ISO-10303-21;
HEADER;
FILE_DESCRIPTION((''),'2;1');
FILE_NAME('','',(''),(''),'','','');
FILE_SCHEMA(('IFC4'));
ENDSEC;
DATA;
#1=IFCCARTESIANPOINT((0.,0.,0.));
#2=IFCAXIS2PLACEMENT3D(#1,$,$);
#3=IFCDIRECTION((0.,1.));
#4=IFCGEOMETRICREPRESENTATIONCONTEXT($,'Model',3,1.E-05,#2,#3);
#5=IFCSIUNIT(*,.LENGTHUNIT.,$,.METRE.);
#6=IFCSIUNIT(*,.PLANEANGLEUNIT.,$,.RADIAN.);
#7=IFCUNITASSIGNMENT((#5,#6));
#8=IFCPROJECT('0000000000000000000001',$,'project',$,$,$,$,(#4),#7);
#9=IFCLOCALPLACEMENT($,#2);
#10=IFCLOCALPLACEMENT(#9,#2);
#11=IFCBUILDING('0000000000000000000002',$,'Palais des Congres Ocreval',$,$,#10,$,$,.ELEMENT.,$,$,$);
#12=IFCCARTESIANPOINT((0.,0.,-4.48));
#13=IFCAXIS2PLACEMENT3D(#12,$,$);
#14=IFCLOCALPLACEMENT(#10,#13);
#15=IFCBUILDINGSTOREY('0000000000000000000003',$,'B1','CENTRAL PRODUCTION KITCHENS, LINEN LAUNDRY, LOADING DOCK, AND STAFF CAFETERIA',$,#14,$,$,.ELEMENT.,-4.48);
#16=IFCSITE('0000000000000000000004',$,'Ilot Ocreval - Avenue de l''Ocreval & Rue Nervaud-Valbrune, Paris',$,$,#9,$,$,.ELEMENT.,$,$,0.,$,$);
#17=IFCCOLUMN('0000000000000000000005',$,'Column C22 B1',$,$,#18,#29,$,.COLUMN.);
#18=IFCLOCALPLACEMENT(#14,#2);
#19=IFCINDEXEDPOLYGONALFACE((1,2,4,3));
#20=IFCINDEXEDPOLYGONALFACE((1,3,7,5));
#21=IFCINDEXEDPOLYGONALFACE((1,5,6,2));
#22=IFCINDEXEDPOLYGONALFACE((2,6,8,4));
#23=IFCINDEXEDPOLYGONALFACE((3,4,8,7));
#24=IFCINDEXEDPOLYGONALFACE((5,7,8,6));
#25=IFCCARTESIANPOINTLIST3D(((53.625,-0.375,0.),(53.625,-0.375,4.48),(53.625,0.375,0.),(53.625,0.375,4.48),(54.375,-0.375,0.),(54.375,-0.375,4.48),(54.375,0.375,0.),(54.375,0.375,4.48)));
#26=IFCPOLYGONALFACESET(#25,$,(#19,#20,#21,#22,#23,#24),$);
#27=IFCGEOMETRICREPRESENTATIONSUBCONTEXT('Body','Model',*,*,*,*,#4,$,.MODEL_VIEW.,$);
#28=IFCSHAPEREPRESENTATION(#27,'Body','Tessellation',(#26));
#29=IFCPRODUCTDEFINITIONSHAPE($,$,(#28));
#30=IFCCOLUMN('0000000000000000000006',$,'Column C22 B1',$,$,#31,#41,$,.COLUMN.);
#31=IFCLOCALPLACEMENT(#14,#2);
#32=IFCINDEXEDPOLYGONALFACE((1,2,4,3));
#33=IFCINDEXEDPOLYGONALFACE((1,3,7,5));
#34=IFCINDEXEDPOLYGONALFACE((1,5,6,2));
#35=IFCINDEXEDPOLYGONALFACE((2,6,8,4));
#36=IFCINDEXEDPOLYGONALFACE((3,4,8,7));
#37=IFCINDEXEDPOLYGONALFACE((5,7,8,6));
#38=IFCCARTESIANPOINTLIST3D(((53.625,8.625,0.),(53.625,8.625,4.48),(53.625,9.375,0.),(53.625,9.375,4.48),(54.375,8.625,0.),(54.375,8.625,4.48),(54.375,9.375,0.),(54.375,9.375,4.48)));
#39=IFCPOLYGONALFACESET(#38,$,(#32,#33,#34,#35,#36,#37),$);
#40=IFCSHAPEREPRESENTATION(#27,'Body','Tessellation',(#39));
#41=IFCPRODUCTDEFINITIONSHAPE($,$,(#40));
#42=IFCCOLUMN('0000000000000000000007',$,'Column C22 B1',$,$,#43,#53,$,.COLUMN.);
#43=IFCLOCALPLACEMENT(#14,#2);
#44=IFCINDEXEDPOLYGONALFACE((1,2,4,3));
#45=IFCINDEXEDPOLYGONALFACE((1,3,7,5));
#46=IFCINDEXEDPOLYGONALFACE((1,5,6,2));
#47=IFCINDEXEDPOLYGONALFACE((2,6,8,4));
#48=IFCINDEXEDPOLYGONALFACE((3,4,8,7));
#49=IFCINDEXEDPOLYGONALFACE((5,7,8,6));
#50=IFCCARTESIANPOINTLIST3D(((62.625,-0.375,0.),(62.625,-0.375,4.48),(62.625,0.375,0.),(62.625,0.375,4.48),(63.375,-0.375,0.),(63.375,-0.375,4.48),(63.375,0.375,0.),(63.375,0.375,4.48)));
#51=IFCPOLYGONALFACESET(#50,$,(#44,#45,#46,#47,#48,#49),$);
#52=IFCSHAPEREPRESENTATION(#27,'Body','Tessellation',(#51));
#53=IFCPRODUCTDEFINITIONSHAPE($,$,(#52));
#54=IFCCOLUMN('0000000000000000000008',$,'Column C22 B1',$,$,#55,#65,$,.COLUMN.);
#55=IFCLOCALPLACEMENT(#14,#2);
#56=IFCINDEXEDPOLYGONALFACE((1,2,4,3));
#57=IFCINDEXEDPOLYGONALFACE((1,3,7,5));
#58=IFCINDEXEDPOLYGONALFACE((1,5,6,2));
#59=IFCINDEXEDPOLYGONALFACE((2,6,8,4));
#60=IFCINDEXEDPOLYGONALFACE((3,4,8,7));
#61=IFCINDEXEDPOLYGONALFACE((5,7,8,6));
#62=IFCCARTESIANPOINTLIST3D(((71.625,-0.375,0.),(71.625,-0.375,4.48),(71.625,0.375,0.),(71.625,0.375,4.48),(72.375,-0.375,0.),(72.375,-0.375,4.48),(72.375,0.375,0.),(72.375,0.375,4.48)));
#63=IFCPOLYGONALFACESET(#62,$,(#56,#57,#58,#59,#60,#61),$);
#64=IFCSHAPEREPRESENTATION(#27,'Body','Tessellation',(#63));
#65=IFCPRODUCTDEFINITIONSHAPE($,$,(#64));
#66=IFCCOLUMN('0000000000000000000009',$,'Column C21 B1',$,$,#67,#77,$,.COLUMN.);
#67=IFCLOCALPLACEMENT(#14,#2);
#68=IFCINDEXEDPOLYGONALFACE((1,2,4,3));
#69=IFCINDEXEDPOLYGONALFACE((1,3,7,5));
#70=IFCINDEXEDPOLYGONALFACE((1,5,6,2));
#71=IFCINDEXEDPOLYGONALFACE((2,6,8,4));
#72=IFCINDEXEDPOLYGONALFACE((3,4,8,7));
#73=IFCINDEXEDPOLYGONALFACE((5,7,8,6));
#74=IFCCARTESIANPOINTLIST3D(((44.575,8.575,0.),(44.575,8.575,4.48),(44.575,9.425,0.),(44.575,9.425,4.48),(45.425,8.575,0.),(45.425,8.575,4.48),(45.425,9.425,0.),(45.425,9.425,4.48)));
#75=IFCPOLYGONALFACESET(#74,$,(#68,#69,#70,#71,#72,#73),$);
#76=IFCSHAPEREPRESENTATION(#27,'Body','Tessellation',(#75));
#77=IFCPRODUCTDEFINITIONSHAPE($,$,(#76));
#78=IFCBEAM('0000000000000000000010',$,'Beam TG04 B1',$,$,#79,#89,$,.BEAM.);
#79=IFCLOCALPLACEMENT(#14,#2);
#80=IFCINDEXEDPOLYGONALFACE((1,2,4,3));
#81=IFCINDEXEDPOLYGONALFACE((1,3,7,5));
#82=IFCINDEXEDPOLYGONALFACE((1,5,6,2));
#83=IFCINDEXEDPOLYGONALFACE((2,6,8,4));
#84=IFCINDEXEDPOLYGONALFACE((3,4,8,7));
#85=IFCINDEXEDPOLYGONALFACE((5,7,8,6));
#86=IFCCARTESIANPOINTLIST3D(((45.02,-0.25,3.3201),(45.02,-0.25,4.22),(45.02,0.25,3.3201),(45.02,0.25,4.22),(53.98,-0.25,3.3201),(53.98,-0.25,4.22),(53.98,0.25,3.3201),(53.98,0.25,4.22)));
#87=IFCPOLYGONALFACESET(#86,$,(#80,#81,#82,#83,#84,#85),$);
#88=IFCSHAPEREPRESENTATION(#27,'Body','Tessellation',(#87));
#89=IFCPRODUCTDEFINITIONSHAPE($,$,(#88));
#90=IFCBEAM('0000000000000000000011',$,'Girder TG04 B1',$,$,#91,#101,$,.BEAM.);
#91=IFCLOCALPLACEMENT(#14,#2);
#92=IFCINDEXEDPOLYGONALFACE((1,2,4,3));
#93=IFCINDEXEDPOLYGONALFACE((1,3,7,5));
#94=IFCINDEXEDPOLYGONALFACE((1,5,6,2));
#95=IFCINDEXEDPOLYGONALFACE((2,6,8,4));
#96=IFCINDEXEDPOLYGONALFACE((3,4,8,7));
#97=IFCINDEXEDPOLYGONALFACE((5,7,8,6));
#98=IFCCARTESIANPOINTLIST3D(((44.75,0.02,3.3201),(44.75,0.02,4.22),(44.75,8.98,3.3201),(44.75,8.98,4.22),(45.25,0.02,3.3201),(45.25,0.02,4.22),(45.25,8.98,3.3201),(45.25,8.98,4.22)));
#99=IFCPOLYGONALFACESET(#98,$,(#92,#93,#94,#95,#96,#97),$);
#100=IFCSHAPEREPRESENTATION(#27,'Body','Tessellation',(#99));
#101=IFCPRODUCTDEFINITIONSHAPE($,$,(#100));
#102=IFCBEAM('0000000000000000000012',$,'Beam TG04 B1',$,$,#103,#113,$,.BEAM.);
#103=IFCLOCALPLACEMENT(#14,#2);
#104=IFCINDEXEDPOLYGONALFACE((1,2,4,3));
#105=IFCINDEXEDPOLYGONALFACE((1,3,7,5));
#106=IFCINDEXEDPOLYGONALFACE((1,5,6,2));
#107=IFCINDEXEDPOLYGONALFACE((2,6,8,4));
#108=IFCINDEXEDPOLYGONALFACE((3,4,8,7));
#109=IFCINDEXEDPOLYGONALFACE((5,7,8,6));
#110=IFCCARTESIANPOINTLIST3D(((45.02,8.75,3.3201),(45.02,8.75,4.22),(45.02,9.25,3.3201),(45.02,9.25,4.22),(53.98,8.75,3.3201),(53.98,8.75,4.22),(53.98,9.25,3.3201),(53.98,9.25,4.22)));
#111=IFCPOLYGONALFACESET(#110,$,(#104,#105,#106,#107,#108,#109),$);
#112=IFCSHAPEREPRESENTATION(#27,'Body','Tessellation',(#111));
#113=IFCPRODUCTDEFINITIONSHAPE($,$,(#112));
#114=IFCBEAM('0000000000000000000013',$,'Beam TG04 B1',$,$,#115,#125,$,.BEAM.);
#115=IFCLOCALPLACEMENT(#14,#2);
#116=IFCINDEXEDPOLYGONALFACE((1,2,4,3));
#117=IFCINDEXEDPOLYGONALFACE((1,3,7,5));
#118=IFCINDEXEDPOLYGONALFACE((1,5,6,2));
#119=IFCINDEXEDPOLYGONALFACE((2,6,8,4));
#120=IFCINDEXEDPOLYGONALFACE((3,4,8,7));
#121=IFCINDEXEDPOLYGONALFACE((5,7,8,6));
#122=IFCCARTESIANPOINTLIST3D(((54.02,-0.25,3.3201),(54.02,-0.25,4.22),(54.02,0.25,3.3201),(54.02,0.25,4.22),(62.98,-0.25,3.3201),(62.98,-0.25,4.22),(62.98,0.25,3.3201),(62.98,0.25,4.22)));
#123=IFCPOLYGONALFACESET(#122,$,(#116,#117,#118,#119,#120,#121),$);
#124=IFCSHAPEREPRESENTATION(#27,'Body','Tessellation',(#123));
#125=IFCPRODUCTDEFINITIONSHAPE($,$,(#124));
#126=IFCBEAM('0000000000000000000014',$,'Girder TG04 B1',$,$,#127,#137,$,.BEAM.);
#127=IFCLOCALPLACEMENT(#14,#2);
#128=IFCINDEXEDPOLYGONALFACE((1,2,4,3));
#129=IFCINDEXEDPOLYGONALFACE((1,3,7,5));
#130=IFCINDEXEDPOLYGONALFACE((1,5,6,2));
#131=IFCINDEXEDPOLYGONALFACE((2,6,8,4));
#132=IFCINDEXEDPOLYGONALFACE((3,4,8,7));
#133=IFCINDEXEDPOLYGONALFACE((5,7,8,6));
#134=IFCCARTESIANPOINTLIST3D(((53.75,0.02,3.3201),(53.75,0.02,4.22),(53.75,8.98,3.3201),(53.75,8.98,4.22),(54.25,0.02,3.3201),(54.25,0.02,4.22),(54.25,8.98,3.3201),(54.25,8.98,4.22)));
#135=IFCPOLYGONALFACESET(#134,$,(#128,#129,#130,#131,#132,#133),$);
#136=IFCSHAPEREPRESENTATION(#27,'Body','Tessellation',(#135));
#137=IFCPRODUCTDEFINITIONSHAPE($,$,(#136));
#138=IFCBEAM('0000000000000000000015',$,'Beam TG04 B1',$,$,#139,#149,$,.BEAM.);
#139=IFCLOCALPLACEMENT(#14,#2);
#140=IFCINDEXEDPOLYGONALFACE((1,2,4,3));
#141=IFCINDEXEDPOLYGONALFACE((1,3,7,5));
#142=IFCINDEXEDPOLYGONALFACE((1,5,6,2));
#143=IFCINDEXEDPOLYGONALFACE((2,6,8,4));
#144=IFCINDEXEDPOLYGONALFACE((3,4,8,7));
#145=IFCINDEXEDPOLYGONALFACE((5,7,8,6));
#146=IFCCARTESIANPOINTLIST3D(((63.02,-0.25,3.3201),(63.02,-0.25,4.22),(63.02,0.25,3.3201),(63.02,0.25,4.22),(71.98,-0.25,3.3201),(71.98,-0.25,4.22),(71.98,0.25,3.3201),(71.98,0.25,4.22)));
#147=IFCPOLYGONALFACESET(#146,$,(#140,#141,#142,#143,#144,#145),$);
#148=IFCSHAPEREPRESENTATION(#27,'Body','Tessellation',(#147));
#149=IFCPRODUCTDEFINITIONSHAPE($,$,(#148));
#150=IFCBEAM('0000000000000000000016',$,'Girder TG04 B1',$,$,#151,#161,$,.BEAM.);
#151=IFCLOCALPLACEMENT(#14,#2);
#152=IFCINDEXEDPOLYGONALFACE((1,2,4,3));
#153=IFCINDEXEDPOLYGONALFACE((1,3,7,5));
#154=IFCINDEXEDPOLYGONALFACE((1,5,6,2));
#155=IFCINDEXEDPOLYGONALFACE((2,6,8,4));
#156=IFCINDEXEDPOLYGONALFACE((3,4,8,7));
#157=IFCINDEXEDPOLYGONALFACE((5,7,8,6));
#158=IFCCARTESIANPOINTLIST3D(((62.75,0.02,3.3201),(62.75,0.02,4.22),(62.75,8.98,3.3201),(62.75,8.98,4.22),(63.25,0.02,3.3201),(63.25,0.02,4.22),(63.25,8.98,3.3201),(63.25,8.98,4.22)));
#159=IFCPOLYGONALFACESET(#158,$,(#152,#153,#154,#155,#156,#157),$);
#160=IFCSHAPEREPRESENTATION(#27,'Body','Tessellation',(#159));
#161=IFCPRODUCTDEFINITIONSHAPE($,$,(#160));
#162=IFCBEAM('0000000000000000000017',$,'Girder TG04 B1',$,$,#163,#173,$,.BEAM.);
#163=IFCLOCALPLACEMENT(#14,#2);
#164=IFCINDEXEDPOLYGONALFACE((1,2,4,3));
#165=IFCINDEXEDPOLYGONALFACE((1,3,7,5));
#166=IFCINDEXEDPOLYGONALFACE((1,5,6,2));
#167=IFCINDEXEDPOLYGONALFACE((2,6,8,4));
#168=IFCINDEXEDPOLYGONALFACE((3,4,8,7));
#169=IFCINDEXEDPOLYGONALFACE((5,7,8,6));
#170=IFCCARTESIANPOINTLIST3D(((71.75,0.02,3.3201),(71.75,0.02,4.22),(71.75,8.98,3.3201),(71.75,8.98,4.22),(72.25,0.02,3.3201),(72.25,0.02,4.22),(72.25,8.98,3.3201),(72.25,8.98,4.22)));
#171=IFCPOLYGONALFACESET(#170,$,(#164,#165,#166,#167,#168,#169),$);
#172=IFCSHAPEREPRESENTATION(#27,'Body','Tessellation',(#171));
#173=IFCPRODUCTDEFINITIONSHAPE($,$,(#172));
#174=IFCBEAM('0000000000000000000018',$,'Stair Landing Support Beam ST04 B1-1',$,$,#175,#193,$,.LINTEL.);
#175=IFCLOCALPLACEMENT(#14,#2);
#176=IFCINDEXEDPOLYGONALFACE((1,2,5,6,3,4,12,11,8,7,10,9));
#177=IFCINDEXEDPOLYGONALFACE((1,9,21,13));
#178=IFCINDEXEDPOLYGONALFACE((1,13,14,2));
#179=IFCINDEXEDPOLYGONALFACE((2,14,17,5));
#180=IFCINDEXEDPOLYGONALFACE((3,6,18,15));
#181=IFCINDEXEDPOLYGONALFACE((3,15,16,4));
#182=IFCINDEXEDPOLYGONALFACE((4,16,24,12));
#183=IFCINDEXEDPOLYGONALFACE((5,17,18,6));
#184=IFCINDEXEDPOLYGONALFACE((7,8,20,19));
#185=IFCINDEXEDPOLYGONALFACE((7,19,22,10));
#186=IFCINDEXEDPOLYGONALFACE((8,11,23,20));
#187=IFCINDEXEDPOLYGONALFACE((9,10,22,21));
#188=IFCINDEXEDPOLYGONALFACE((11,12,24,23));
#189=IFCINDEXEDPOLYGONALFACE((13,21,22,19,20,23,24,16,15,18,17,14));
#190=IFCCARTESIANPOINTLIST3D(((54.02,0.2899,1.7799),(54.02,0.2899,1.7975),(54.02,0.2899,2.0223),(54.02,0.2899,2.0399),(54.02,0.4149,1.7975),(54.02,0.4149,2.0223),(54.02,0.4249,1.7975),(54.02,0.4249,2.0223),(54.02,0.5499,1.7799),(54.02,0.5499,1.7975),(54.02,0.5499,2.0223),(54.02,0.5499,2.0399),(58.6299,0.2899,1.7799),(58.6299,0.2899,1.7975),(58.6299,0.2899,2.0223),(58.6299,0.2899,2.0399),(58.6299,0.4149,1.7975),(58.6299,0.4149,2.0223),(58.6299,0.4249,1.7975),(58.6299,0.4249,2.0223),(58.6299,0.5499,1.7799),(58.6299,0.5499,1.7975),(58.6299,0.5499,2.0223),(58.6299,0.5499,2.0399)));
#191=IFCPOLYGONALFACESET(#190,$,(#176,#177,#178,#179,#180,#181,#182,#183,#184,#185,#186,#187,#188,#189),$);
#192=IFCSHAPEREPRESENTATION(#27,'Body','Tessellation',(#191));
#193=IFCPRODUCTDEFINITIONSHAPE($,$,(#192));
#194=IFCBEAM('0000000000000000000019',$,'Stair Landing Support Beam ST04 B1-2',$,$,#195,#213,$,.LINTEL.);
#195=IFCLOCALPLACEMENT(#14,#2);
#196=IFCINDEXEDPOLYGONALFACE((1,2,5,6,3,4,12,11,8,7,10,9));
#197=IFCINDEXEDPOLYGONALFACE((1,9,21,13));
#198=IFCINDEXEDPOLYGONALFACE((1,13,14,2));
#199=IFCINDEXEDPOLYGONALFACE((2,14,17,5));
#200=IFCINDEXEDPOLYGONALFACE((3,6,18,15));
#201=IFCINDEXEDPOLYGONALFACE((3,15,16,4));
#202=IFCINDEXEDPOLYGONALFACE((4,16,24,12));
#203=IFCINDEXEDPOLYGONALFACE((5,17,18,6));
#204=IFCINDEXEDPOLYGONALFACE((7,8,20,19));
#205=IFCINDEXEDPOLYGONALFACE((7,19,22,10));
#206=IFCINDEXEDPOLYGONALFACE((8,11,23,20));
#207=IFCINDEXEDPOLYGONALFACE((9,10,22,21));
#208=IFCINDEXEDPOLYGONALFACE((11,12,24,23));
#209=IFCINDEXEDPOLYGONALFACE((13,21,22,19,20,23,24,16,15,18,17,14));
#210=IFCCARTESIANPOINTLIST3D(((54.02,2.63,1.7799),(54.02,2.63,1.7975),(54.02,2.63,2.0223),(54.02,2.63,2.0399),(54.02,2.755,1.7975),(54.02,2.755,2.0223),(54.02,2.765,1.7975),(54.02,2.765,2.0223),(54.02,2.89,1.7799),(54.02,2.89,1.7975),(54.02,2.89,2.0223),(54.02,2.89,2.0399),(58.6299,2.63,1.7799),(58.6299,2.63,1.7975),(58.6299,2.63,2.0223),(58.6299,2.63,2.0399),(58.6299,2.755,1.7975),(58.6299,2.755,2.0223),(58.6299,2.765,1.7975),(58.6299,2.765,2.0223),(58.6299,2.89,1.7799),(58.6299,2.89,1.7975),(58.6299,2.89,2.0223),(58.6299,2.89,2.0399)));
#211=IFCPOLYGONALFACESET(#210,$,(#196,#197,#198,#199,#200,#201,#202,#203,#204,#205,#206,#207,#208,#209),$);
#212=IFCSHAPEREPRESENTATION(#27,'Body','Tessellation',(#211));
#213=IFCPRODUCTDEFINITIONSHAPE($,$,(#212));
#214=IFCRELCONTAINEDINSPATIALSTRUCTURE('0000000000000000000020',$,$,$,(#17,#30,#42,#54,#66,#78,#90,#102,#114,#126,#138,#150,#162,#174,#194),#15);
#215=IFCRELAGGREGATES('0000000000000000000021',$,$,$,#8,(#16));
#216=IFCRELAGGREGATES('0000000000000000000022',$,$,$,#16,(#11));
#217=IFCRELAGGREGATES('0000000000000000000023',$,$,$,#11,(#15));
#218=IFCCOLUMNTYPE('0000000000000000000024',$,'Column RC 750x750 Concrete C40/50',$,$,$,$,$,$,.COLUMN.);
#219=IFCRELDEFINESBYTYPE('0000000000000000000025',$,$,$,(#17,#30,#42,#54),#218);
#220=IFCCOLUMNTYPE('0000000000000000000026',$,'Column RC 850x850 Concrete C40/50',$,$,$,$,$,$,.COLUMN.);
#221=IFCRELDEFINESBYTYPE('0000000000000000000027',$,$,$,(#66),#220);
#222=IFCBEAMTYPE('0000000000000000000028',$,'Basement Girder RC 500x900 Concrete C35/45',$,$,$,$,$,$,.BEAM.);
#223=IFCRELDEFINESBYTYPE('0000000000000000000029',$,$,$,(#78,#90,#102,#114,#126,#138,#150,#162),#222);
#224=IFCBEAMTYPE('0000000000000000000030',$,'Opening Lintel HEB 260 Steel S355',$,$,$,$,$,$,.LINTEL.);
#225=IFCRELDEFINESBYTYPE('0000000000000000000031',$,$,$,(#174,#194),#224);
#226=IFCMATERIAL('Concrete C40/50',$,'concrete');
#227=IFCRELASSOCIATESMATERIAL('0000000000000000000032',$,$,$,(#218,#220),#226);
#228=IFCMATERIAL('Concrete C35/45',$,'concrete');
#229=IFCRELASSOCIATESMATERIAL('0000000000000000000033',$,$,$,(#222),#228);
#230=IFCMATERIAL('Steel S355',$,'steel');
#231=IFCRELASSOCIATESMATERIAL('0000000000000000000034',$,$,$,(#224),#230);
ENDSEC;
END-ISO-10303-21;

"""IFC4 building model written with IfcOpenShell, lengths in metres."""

from ifc_helpers import new_model, si_unit, direction, frame, origin, origin_2d, place, context, subcontext, project, spatial, rectangle, i_section, extrude, material, material_profile, profile_set, type_object, element, save


model = new_model("IFC4")

# Units and contexts
model_context = context("Model", 3, precision=1e-05, world=origin(), true_north=direction((0.0, 1.0)))
body_context = subcontext(model_context, "Body", "Model", "MODEL_VIEW")
ifc_project = project(units=[si_unit("LENGTHUNIT", "METRE"), si_unit("PLANEANGLEUNIT", "RADIAN")], contexts=[model_context])

# Site, building, storey
site_placement = place(None, origin())
site = spatial("IfcSite", under=ifc_project, at=site_placement, Name="Ilot Ocreval - Avenue de l'Ocreval & Rue Nervaud-Valbrune, Paris", CompositionType="ELEMENT", RefElevation=0.0)
building_placement = place(site_placement, origin())
building = spatial("IfcBuilding", under=site, at=building_placement, Name="Palais des Congres Ocreval", CompositionType="ELEMENT")
storey_placement = place(building_placement, frame((0.0, 0.0, -4.48)))
storey = spatial("IfcBuildingStorey", under=building, at=storey_placement, Name="B1", Description="CENTRAL PRODUCTION KITCHENS, LINEN LAUNDRY, LOADING DOCK, AND STAFF CAFETERIA", CompositionType="ELEMENT", Elevation=-4.48)

# Columns
ifc_material_1 = material(Name="Concrete C40/50", Category="concrete")
ifc_material_profile_1 = material_profile(ifc_material_1, rectangle(XDim=0.75, YDim=0.75, at=origin_2d()), Name="RC 750x750")
ifc_profile_set_1 = profile_set([ifc_material_profile_1], Name="Concrete C40/50")
column_type_1 = type_object("IfcColumnType", Name="Column RC 750x750 Concrete C40/50", PredefinedType="COLUMN", material=ifc_profile_set_1)
for number, where, z_axis, x_axis, name in (
    (1, (54.0, 0.0, 0.0), (0.0, 0.0, 1.0), (1.0, 0.0, 0.0), "Column C22 B1"),
    (2, (54.0, 9.0, 0.0), (0.0, 0.0, 1.0), (1.0, 0.0, 0.0), "Column C22 B1"),
    (3, (63.0, 0.0, 0.0), (0.0, 0.0, 1.0), (1.0, 0.0, 0.0), "Column C22 B1"),
    (4, (72.0, 0.0, 0.0), (0.0, 0.0, 1.0), (1.0, 0.0, 0.0), "Column C22 B1"),
):
    element("IfcColumn", number, at=place(storey_placement, frame(where, z_axis=z_axis, x_axis=x_axis)), inside=storey, type_object=column_type_1, Name=name, PredefinedType="COLUMN", context=body_context, shape_type="SweptSolid", body=[
        extrude(rectangle(XDim=0.75, YDim=0.75, at=origin_2d()), origin(), (0.0, 0.0, 1.0), 4.48),
    ])
ifc_material_profile_2 = material_profile(ifc_material_1, rectangle(XDim=0.8501, YDim=0.8501, at=origin_2d()), Name="RC 850x850")
ifc_profile_set_2 = profile_set([ifc_material_profile_2], Name="Concrete C40/50")
column_type_2 = type_object("IfcColumnType", Name="Column RC 850x850 Concrete C40/50", PredefinedType="COLUMN", material=ifc_profile_set_2)
column_placement = place(storey_placement, frame((45.0, 9.0, 0.0), z_axis=(0.0, 0.0, 1.0), x_axis=(1.0, 0.0, 0.0)))
element("IfcColumn", 5, at=column_placement, inside=storey, type_object=column_type_2, Name="Column C21 B1", PredefinedType="COLUMN", context=body_context, shape_type="SweptSolid", body=[
    extrude(rectangle(XDim=0.8501, YDim=0.8501, at=origin_2d()), origin(), (0.0, 0.0, 1.0), 4.48),
])

# Beams
ifc_material_2 = material(Name="Concrete C35/45", Category="concrete")
ifc_material_profile_3 = material_profile(ifc_material_2, rectangle(XDim=0.5, YDim=0.8999, at=origin_2d()), Name="RC 500x900")
ifc_profile_set_3 = profile_set([ifc_material_profile_3], Name="Concrete C35/45")
beam_type_1 = type_object("IfcBeamType", Name="Basement Girder RC 500x900 Concrete C35/45", PredefinedType="BEAM", material=ifc_profile_set_3)
for number, where, z_axis, x_axis, name in (
    (6, (45.02, 0.0, 3.77), (1.0, 0.0, 0.0), (0.0, 1.0, 0.0), "Beam TG04 B1"),
    (7, (45.0, 0.02, 3.77), (0.0, 1.0, 0.0), (-1.0, 0.0, 0.0), "Girder TG04 B1"),
    (8, (45.02, 9.0, 3.77), (1.0, 0.0, 0.0), (0.0, 1.0, 0.0), "Beam TG04 B1"),
    (9, (54.02, 0.0, 3.77), (1.0, 0.0, 0.0), (0.0, 1.0, 0.0), "Beam TG04 B1"),
    (10, (54.0, 0.02, 3.77), (0.0, 1.0, 0.0), (-1.0, 0.0, 0.0), "Girder TG04 B1"),
    (11, (63.02, 0.0, 3.77), (1.0, 0.0, 0.0), (0.0, 1.0, 0.0), "Beam TG04 B1"),
    (12, (63.0, 0.02, 3.77), (0.0, 1.0, 0.0), (-1.0, 0.0, 0.0), "Girder TG04 B1"),
    (13, (72.0, 0.02, 3.77), (0.0, 1.0, 0.0), (-1.0, 0.0, 0.0), "Girder TG04 B1"),
):
    element("IfcBeam", number, at=place(storey_placement, frame(where, z_axis=z_axis, x_axis=x_axis)), inside=storey, type_object=beam_type_1, Name=name, PredefinedType="BEAM", context=body_context, shape_type="SweptSolid", body=[
        extrude(rectangle(XDim=0.5, YDim=0.8999, at=origin_2d()), origin(), (0.0, 0.0, 1.0), 8.96),
    ])
ifc_material_3 = material(Name="Steel S355", Category="steel")
ifc_material_profile_4 = material_profile(ifc_material_3, i_section(OverallWidth=0.26, OverallDepth=0.26, WebThickness=0.01, FlangeThickness=0.0176, at=origin_2d()), Name="HEB 260")
ifc_profile_set_4 = profile_set([ifc_material_profile_4], Name="Steel S355")
beam_type_2 = type_object("IfcBeamType", Name="Opening Lintel HEB 260 Steel S355", PredefinedType="LINTEL", material=ifc_profile_set_4)
for number, where, z_axis, x_axis, name in (
    (14, (54.02, 0.4199, 1.9099), (1.0, 0.0, 0.0), (0.0, 1.0, 0.0), "Stair Landing Support Beam ST04 B1-1"),
    (15, (54.02, 2.76, 1.9099), (1.0, 0.0, 0.0), (0.0, 1.0, 0.0), "Stair Landing Support Beam ST04 B1-2"),
):
    element("IfcBeam", number, at=place(storey_placement, frame(where, z_axis=z_axis, x_axis=x_axis)), inside=storey, type_object=beam_type_2, Name=name, PredefinedType="LINTEL", context=body_context, shape_type="SweptSolid", body=[
        extrude(i_section(OverallWidth=0.26, OverallDepth=0.26, WebThickness=0.01, FlangeThickness=0.0176, at=origin_2d()), origin(), (0.0, 0.0, 1.0), 4.6099),
    ])

save(model, "model.ifc")
